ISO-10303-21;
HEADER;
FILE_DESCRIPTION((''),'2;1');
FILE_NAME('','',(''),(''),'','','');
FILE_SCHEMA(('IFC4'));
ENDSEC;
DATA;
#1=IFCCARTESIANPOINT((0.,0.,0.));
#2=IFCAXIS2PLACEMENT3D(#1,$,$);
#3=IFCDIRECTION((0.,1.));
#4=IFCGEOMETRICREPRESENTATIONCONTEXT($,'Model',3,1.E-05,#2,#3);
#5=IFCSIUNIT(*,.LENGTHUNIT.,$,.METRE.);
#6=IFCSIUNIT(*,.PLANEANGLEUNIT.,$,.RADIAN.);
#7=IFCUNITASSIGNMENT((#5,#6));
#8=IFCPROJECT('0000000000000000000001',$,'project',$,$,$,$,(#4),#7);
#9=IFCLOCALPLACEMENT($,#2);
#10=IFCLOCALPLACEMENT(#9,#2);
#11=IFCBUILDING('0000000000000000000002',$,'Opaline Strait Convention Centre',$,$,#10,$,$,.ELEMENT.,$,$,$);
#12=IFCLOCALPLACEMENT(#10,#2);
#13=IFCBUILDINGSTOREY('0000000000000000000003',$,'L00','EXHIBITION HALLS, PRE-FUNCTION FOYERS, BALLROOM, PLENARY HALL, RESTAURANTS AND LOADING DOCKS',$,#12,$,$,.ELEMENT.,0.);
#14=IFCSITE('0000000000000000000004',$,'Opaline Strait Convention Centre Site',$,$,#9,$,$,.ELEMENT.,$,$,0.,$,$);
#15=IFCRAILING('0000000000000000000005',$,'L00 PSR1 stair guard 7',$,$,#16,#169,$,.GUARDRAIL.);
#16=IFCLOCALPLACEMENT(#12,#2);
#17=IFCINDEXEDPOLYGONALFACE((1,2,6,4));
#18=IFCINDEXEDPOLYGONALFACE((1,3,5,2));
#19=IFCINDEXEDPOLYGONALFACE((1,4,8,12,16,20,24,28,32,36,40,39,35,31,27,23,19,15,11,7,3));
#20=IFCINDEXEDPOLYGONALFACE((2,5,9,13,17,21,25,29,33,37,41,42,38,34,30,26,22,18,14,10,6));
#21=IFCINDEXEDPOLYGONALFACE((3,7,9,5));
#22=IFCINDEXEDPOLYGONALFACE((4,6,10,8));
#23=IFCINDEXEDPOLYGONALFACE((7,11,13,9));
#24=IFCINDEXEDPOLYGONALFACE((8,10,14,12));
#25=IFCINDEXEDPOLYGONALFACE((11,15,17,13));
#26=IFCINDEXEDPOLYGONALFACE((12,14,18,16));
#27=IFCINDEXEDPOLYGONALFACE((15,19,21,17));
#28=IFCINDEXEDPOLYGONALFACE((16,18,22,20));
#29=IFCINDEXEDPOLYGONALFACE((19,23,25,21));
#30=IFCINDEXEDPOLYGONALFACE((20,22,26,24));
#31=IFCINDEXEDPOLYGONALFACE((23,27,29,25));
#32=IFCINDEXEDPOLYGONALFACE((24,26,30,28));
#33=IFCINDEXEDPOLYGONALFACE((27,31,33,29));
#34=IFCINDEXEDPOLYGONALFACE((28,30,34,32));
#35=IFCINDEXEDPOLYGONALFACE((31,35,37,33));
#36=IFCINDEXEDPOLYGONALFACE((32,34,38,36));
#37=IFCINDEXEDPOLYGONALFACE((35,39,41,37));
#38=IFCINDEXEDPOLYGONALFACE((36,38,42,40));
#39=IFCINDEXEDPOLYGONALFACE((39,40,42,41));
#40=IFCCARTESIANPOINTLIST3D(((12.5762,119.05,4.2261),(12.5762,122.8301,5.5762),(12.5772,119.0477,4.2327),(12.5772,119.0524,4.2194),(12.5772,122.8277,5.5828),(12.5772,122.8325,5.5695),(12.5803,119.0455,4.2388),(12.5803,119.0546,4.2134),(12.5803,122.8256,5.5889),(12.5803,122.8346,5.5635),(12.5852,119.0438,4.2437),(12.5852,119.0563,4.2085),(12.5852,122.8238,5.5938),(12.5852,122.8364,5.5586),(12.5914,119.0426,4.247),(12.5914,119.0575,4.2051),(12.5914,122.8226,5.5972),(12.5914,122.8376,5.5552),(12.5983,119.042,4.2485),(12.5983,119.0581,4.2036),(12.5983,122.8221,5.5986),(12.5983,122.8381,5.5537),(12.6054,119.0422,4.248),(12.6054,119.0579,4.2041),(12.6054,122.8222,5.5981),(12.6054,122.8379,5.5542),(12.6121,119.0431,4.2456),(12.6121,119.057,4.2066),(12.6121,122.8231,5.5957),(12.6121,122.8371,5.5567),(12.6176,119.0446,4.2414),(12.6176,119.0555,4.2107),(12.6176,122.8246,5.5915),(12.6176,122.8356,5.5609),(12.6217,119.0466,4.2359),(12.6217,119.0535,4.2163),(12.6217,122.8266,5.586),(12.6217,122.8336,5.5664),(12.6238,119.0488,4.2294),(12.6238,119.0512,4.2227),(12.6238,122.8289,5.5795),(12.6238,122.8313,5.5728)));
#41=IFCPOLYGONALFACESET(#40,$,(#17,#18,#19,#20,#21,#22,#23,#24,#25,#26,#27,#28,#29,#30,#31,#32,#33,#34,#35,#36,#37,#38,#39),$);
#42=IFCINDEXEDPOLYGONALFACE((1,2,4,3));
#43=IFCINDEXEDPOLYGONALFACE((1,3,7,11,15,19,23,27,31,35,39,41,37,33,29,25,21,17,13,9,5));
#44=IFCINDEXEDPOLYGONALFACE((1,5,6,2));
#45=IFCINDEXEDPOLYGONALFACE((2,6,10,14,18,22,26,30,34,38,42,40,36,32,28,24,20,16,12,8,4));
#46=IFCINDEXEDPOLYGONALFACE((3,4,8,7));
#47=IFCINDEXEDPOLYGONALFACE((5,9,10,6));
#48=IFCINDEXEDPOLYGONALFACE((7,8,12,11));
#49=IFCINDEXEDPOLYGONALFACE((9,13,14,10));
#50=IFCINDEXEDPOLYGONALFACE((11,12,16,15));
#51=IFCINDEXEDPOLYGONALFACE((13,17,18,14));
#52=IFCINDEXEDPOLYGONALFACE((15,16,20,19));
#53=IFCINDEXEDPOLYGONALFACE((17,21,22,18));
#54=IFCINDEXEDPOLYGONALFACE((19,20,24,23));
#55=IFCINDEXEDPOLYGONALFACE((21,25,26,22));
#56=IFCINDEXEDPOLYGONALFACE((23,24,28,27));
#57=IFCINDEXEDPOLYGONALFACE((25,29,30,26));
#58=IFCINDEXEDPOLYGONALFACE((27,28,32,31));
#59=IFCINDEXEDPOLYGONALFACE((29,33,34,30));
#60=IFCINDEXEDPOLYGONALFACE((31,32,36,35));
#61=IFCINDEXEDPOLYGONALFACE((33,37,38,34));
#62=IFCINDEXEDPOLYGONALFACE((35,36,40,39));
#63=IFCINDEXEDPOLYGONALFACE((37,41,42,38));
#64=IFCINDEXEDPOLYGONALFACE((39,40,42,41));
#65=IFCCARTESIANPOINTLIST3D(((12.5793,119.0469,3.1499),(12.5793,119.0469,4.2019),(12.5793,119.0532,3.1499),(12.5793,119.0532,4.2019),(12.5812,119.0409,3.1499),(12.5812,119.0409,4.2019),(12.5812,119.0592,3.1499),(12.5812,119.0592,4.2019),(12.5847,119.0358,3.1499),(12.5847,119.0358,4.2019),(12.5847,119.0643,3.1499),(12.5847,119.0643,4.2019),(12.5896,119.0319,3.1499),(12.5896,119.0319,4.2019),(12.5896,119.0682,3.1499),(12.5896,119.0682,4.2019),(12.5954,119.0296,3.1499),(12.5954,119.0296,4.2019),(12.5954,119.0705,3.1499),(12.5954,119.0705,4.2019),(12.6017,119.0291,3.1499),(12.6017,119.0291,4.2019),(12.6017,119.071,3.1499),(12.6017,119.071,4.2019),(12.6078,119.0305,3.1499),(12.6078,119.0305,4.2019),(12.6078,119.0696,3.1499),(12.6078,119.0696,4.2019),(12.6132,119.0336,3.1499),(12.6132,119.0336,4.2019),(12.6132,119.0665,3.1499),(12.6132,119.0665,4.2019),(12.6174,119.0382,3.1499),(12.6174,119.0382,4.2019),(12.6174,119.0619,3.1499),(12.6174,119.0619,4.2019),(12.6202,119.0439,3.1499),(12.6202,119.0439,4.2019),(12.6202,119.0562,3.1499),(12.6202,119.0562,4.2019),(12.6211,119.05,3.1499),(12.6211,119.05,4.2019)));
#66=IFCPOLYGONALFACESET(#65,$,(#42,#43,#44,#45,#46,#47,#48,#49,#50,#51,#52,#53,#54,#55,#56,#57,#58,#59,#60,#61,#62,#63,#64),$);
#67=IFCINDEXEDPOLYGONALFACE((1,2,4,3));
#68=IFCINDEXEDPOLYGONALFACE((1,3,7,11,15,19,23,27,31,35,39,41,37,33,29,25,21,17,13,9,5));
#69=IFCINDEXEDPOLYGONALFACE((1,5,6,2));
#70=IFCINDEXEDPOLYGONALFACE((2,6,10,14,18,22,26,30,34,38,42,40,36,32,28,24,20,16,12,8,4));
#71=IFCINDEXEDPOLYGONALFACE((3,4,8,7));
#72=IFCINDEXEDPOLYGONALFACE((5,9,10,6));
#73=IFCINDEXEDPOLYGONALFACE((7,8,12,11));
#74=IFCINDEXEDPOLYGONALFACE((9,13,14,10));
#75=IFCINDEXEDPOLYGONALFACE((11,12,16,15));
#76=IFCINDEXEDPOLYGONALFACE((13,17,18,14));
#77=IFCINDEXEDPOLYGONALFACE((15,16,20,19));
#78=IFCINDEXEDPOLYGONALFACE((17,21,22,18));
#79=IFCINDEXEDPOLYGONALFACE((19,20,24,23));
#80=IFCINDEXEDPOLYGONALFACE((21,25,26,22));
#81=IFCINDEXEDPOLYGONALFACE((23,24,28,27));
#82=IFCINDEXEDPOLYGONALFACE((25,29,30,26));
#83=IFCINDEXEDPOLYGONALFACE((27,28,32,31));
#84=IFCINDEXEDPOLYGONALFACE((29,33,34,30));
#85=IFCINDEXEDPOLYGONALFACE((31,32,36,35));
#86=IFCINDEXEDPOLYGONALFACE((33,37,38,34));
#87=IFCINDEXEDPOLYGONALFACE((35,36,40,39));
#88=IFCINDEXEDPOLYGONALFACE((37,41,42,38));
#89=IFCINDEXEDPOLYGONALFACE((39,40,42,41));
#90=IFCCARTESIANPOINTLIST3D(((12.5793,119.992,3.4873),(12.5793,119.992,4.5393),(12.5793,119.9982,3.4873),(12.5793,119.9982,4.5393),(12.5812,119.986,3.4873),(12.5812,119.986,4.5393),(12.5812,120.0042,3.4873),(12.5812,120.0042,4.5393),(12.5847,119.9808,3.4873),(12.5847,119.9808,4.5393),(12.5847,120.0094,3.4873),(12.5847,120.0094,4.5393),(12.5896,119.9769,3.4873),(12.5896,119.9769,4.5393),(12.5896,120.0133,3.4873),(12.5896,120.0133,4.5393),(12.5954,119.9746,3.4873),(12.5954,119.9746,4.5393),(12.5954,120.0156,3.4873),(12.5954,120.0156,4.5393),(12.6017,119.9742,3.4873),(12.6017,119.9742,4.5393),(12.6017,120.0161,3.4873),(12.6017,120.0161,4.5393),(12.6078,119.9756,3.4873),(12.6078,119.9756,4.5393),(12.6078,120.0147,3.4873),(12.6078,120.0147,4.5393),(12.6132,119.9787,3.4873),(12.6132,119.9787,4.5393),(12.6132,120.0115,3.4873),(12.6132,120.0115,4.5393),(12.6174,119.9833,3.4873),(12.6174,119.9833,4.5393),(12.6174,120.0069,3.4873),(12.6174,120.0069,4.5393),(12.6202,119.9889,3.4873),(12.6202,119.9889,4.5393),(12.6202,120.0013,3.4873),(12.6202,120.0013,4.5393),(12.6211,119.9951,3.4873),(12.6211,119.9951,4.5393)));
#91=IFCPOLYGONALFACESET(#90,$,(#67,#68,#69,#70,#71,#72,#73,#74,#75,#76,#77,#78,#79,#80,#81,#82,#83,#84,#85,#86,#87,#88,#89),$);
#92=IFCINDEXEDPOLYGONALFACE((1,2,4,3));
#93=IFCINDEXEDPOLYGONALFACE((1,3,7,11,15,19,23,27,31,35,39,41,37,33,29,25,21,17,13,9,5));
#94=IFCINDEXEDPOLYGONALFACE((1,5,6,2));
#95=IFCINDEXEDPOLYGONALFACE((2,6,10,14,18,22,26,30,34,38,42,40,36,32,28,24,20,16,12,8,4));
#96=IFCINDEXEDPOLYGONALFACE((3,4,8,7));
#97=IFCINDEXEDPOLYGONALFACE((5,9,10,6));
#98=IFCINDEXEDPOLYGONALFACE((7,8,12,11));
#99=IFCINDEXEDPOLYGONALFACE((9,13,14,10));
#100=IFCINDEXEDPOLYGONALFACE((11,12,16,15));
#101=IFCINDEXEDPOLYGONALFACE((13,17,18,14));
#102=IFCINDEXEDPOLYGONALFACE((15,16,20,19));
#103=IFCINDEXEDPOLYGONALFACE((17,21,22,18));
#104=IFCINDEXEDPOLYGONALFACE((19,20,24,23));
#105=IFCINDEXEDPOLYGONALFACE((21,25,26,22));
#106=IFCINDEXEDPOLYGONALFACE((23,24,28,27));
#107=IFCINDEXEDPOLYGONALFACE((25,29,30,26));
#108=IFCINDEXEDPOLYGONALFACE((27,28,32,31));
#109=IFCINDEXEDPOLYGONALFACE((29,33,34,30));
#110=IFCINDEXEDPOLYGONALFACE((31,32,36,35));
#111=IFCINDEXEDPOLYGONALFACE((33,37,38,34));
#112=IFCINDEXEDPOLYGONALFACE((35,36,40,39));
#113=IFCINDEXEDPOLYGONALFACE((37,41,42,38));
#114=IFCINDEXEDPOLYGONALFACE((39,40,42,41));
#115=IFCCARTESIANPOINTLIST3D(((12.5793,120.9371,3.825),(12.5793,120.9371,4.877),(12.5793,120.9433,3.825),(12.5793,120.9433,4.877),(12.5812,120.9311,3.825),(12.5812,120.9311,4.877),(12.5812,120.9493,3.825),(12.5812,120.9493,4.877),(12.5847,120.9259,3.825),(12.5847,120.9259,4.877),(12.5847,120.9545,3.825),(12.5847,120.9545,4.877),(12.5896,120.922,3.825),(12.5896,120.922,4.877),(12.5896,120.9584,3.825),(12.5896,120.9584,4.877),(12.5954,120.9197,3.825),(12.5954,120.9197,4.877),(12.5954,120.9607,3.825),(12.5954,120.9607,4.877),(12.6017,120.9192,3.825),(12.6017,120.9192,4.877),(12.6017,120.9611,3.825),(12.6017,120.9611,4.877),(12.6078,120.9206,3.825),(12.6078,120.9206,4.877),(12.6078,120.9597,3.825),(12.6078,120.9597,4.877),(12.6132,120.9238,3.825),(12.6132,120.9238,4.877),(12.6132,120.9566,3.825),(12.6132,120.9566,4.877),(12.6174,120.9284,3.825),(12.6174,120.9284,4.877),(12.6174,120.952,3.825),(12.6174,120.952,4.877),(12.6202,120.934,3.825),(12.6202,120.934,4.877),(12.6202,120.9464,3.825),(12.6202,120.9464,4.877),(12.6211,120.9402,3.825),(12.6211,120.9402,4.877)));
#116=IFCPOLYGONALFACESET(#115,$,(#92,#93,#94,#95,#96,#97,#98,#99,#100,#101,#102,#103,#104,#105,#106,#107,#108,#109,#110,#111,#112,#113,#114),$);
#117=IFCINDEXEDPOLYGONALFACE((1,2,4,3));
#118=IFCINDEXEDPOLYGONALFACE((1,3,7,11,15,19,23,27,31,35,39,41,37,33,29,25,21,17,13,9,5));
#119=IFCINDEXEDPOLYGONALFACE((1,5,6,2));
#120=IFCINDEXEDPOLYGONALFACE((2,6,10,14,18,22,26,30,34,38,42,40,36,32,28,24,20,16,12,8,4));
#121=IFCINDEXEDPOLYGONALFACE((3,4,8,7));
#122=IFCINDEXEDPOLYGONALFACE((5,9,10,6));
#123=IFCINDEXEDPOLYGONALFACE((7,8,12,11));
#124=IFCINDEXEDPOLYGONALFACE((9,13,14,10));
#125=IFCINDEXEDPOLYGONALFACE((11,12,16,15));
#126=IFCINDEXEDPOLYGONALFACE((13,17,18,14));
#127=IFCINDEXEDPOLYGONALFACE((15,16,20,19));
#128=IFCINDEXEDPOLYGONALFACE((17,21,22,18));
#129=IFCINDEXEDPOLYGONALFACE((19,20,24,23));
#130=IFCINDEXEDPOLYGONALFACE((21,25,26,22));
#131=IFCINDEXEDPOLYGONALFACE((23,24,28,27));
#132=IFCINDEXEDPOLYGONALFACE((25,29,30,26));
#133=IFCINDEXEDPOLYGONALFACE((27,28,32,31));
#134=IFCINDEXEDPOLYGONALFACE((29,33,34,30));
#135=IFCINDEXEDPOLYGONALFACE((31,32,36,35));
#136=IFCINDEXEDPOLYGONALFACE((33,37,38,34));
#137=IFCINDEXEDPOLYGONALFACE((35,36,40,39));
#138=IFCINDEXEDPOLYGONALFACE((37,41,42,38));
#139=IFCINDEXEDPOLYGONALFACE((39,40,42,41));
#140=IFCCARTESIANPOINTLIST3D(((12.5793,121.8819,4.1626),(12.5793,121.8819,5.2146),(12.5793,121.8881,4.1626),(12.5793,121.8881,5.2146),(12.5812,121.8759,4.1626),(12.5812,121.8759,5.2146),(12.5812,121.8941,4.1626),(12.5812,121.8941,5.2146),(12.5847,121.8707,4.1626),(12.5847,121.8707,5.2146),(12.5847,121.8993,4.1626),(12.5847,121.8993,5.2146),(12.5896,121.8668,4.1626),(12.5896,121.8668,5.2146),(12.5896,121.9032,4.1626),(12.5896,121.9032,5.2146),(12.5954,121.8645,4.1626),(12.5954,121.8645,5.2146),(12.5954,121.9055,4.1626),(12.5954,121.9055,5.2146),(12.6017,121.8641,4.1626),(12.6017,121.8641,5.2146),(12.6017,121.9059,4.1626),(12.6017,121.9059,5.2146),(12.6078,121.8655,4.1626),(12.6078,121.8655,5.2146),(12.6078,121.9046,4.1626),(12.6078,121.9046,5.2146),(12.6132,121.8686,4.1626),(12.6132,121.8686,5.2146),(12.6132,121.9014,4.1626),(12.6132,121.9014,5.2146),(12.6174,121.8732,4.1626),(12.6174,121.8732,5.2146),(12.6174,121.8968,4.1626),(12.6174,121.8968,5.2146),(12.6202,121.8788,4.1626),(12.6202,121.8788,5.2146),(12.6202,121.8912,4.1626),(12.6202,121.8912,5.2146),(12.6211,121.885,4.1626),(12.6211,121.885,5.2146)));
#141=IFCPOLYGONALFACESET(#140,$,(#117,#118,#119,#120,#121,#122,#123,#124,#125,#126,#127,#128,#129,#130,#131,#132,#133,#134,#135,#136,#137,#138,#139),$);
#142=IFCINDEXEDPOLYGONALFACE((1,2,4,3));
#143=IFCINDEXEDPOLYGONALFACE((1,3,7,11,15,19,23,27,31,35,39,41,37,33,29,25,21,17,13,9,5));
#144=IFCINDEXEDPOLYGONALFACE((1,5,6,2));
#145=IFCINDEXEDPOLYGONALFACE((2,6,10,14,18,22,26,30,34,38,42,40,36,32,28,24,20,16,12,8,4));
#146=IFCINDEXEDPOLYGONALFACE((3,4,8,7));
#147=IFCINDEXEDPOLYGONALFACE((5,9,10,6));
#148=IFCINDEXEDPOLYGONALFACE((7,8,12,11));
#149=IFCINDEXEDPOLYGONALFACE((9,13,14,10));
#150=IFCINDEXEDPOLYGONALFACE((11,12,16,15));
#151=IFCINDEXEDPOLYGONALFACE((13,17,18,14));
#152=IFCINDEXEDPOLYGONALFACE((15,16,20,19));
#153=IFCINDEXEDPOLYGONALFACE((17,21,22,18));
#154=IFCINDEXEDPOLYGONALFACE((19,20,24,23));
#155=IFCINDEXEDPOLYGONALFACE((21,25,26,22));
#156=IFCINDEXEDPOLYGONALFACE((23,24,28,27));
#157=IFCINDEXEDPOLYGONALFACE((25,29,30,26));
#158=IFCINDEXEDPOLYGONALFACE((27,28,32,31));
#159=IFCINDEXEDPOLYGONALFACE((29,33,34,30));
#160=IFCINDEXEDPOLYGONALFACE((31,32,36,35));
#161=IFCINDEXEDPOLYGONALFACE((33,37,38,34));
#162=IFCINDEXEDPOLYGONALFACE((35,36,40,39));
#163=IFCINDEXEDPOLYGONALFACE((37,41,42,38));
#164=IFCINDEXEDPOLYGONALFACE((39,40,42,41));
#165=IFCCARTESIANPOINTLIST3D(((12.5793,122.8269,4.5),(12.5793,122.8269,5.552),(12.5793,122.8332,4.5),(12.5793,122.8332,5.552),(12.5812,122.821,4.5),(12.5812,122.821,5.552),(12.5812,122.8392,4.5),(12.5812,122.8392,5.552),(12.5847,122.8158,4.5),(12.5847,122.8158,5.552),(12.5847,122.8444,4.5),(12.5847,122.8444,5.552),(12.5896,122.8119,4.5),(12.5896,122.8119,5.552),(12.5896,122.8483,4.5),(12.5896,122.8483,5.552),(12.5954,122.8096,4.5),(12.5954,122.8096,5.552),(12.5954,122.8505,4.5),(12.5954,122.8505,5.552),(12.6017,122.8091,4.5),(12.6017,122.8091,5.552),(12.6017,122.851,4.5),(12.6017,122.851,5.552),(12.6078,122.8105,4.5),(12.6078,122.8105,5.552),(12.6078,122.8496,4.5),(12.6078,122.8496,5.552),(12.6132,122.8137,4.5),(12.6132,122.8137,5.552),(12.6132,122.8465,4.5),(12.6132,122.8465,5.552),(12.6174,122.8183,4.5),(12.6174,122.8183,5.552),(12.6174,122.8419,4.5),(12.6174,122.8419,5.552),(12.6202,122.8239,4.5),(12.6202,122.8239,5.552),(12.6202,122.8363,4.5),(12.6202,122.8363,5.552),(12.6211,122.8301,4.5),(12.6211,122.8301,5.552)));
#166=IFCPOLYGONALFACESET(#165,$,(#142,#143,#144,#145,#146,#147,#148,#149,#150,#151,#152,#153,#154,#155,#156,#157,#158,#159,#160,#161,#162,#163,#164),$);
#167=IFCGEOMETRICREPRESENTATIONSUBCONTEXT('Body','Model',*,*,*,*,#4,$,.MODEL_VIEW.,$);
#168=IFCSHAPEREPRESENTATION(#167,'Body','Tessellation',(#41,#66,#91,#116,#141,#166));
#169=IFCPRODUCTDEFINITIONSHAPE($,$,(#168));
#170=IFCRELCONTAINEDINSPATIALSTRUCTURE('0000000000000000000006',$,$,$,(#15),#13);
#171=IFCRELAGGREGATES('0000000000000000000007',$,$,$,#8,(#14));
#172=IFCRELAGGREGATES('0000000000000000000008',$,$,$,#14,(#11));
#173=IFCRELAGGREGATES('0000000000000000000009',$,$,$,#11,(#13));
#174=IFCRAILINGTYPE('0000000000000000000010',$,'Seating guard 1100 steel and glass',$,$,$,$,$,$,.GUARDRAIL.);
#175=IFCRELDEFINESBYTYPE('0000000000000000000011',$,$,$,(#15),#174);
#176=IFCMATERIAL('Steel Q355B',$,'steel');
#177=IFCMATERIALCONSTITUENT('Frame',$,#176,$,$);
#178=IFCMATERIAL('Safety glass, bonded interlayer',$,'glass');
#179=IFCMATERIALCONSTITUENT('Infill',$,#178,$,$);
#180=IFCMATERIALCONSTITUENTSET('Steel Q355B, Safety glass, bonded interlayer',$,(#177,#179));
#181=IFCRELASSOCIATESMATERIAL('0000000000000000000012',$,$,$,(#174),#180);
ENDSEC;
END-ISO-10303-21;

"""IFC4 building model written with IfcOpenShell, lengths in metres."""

from ifc_helpers import new_model, si_unit, direction, frame, origin, origin_2d, place, context, subcontext, project, spatial, circle, extrude, material, constituent, constituent_set, type_object, element, save


model = new_model("IFC4")

# Units and contexts
model_context = context("Model", 3, precision=1e-05, world=origin(), true_north=direction((0.0, 1.0)))
body_context = subcontext(model_context, "Body", "Model", "MODEL_VIEW")
ifc_project = project(units=[si_unit("LENGTHUNIT", "METRE"), si_unit("PLANEANGLEUNIT", "RADIAN")], contexts=[model_context])

# Site, building, storey
site_placement = place(None, origin())
site = spatial("IfcSite", under=ifc_project, at=site_placement, Name="Opaline Strait Convention Centre Site", CompositionType="ELEMENT", RefElevation=0.0)
building_placement = place(site_placement, origin())
building = spatial("IfcBuilding", under=site, at=building_placement, Name="Opaline Strait Convention Centre", CompositionType="ELEMENT")
storey_placement = place(building_placement, origin())
storey = spatial("IfcBuildingStorey", under=building, at=storey_placement, Name="L00", Description="EXHIBITION HALLS, PRE-FUNCTION FOYERS, BALLROOM, PLENARY HALL, RESTAURANTS AND LOADING DOCKS", CompositionType="ELEMENT", Elevation=0.0)

# Railing
ifc_material_1 = material(Name="Steel Q355B", Category="steel")
ifc_constituent_1 = constituent(ifc_material_1, Name="Frame")
ifc_material_2 = material(Name="Safety glass, bonded interlayer", Category="glass")
ifc_constituent_2 = constituent(ifc_material_2, Name="Infill")
ifc_constituent_set = constituent_set(constituents=[ifc_constituent_1, ifc_constituent_2], Name="Steel Q355B, Safety glass, bonded interlayer")
railing_type_1 = type_object("IfcRailingType", Name="Seating guard 1100 steel and glass", PredefinedType="GUARDRAIL", material=ifc_constituent_set)
railing_1_placement = place(storey_placement, frame((12.6001, 119.05, 3.1499)))
element("IfcRailing", 1, at=railing_1_placement, inside=storey, type_object=railing_type_1, Name="L00 PSR1 stair guard 7", PredefinedType="GUARDRAIL", context=body_context, shape_type="SweptSolid", body=[
    extrude(circle(Radius=0.0239, at=origin_2d()), frame((0.0, 0.0, 1.0762), z_axis=(0.0, 0.941735, 0.336356), x_axis=(-1.0, 0.0, 0.0)), (0.0, 0.0, 1.0), 4.0139),
    extrude(circle(Radius=0.021, at=origin_2d()), origin(), (0.0, 0.0, 1.0), 1.052),
    extrude(circle(Radius=0.021, at=origin_2d()), frame((0.0, 0.9451, 0.3374)), (0.0, 0.0, 1.0), 1.052),
    extrude(circle(Radius=0.021, at=origin_2d()), frame((0.0, 1.8901, 0.675)), (0.0, 0.0, 1.0), 1.052),
    extrude(circle(Radius=0.021, at=origin_2d()), frame((0.0, 2.835, 1.0127)), (0.0, 0.0, 1.0), 1.052),
    extrude(circle(Radius=0.021, at=origin_2d()), frame((0.0, 3.78, 1.3501)), (0.0, 0.0, 1.0), 1.052),
])

save(model, "model.ifc")
